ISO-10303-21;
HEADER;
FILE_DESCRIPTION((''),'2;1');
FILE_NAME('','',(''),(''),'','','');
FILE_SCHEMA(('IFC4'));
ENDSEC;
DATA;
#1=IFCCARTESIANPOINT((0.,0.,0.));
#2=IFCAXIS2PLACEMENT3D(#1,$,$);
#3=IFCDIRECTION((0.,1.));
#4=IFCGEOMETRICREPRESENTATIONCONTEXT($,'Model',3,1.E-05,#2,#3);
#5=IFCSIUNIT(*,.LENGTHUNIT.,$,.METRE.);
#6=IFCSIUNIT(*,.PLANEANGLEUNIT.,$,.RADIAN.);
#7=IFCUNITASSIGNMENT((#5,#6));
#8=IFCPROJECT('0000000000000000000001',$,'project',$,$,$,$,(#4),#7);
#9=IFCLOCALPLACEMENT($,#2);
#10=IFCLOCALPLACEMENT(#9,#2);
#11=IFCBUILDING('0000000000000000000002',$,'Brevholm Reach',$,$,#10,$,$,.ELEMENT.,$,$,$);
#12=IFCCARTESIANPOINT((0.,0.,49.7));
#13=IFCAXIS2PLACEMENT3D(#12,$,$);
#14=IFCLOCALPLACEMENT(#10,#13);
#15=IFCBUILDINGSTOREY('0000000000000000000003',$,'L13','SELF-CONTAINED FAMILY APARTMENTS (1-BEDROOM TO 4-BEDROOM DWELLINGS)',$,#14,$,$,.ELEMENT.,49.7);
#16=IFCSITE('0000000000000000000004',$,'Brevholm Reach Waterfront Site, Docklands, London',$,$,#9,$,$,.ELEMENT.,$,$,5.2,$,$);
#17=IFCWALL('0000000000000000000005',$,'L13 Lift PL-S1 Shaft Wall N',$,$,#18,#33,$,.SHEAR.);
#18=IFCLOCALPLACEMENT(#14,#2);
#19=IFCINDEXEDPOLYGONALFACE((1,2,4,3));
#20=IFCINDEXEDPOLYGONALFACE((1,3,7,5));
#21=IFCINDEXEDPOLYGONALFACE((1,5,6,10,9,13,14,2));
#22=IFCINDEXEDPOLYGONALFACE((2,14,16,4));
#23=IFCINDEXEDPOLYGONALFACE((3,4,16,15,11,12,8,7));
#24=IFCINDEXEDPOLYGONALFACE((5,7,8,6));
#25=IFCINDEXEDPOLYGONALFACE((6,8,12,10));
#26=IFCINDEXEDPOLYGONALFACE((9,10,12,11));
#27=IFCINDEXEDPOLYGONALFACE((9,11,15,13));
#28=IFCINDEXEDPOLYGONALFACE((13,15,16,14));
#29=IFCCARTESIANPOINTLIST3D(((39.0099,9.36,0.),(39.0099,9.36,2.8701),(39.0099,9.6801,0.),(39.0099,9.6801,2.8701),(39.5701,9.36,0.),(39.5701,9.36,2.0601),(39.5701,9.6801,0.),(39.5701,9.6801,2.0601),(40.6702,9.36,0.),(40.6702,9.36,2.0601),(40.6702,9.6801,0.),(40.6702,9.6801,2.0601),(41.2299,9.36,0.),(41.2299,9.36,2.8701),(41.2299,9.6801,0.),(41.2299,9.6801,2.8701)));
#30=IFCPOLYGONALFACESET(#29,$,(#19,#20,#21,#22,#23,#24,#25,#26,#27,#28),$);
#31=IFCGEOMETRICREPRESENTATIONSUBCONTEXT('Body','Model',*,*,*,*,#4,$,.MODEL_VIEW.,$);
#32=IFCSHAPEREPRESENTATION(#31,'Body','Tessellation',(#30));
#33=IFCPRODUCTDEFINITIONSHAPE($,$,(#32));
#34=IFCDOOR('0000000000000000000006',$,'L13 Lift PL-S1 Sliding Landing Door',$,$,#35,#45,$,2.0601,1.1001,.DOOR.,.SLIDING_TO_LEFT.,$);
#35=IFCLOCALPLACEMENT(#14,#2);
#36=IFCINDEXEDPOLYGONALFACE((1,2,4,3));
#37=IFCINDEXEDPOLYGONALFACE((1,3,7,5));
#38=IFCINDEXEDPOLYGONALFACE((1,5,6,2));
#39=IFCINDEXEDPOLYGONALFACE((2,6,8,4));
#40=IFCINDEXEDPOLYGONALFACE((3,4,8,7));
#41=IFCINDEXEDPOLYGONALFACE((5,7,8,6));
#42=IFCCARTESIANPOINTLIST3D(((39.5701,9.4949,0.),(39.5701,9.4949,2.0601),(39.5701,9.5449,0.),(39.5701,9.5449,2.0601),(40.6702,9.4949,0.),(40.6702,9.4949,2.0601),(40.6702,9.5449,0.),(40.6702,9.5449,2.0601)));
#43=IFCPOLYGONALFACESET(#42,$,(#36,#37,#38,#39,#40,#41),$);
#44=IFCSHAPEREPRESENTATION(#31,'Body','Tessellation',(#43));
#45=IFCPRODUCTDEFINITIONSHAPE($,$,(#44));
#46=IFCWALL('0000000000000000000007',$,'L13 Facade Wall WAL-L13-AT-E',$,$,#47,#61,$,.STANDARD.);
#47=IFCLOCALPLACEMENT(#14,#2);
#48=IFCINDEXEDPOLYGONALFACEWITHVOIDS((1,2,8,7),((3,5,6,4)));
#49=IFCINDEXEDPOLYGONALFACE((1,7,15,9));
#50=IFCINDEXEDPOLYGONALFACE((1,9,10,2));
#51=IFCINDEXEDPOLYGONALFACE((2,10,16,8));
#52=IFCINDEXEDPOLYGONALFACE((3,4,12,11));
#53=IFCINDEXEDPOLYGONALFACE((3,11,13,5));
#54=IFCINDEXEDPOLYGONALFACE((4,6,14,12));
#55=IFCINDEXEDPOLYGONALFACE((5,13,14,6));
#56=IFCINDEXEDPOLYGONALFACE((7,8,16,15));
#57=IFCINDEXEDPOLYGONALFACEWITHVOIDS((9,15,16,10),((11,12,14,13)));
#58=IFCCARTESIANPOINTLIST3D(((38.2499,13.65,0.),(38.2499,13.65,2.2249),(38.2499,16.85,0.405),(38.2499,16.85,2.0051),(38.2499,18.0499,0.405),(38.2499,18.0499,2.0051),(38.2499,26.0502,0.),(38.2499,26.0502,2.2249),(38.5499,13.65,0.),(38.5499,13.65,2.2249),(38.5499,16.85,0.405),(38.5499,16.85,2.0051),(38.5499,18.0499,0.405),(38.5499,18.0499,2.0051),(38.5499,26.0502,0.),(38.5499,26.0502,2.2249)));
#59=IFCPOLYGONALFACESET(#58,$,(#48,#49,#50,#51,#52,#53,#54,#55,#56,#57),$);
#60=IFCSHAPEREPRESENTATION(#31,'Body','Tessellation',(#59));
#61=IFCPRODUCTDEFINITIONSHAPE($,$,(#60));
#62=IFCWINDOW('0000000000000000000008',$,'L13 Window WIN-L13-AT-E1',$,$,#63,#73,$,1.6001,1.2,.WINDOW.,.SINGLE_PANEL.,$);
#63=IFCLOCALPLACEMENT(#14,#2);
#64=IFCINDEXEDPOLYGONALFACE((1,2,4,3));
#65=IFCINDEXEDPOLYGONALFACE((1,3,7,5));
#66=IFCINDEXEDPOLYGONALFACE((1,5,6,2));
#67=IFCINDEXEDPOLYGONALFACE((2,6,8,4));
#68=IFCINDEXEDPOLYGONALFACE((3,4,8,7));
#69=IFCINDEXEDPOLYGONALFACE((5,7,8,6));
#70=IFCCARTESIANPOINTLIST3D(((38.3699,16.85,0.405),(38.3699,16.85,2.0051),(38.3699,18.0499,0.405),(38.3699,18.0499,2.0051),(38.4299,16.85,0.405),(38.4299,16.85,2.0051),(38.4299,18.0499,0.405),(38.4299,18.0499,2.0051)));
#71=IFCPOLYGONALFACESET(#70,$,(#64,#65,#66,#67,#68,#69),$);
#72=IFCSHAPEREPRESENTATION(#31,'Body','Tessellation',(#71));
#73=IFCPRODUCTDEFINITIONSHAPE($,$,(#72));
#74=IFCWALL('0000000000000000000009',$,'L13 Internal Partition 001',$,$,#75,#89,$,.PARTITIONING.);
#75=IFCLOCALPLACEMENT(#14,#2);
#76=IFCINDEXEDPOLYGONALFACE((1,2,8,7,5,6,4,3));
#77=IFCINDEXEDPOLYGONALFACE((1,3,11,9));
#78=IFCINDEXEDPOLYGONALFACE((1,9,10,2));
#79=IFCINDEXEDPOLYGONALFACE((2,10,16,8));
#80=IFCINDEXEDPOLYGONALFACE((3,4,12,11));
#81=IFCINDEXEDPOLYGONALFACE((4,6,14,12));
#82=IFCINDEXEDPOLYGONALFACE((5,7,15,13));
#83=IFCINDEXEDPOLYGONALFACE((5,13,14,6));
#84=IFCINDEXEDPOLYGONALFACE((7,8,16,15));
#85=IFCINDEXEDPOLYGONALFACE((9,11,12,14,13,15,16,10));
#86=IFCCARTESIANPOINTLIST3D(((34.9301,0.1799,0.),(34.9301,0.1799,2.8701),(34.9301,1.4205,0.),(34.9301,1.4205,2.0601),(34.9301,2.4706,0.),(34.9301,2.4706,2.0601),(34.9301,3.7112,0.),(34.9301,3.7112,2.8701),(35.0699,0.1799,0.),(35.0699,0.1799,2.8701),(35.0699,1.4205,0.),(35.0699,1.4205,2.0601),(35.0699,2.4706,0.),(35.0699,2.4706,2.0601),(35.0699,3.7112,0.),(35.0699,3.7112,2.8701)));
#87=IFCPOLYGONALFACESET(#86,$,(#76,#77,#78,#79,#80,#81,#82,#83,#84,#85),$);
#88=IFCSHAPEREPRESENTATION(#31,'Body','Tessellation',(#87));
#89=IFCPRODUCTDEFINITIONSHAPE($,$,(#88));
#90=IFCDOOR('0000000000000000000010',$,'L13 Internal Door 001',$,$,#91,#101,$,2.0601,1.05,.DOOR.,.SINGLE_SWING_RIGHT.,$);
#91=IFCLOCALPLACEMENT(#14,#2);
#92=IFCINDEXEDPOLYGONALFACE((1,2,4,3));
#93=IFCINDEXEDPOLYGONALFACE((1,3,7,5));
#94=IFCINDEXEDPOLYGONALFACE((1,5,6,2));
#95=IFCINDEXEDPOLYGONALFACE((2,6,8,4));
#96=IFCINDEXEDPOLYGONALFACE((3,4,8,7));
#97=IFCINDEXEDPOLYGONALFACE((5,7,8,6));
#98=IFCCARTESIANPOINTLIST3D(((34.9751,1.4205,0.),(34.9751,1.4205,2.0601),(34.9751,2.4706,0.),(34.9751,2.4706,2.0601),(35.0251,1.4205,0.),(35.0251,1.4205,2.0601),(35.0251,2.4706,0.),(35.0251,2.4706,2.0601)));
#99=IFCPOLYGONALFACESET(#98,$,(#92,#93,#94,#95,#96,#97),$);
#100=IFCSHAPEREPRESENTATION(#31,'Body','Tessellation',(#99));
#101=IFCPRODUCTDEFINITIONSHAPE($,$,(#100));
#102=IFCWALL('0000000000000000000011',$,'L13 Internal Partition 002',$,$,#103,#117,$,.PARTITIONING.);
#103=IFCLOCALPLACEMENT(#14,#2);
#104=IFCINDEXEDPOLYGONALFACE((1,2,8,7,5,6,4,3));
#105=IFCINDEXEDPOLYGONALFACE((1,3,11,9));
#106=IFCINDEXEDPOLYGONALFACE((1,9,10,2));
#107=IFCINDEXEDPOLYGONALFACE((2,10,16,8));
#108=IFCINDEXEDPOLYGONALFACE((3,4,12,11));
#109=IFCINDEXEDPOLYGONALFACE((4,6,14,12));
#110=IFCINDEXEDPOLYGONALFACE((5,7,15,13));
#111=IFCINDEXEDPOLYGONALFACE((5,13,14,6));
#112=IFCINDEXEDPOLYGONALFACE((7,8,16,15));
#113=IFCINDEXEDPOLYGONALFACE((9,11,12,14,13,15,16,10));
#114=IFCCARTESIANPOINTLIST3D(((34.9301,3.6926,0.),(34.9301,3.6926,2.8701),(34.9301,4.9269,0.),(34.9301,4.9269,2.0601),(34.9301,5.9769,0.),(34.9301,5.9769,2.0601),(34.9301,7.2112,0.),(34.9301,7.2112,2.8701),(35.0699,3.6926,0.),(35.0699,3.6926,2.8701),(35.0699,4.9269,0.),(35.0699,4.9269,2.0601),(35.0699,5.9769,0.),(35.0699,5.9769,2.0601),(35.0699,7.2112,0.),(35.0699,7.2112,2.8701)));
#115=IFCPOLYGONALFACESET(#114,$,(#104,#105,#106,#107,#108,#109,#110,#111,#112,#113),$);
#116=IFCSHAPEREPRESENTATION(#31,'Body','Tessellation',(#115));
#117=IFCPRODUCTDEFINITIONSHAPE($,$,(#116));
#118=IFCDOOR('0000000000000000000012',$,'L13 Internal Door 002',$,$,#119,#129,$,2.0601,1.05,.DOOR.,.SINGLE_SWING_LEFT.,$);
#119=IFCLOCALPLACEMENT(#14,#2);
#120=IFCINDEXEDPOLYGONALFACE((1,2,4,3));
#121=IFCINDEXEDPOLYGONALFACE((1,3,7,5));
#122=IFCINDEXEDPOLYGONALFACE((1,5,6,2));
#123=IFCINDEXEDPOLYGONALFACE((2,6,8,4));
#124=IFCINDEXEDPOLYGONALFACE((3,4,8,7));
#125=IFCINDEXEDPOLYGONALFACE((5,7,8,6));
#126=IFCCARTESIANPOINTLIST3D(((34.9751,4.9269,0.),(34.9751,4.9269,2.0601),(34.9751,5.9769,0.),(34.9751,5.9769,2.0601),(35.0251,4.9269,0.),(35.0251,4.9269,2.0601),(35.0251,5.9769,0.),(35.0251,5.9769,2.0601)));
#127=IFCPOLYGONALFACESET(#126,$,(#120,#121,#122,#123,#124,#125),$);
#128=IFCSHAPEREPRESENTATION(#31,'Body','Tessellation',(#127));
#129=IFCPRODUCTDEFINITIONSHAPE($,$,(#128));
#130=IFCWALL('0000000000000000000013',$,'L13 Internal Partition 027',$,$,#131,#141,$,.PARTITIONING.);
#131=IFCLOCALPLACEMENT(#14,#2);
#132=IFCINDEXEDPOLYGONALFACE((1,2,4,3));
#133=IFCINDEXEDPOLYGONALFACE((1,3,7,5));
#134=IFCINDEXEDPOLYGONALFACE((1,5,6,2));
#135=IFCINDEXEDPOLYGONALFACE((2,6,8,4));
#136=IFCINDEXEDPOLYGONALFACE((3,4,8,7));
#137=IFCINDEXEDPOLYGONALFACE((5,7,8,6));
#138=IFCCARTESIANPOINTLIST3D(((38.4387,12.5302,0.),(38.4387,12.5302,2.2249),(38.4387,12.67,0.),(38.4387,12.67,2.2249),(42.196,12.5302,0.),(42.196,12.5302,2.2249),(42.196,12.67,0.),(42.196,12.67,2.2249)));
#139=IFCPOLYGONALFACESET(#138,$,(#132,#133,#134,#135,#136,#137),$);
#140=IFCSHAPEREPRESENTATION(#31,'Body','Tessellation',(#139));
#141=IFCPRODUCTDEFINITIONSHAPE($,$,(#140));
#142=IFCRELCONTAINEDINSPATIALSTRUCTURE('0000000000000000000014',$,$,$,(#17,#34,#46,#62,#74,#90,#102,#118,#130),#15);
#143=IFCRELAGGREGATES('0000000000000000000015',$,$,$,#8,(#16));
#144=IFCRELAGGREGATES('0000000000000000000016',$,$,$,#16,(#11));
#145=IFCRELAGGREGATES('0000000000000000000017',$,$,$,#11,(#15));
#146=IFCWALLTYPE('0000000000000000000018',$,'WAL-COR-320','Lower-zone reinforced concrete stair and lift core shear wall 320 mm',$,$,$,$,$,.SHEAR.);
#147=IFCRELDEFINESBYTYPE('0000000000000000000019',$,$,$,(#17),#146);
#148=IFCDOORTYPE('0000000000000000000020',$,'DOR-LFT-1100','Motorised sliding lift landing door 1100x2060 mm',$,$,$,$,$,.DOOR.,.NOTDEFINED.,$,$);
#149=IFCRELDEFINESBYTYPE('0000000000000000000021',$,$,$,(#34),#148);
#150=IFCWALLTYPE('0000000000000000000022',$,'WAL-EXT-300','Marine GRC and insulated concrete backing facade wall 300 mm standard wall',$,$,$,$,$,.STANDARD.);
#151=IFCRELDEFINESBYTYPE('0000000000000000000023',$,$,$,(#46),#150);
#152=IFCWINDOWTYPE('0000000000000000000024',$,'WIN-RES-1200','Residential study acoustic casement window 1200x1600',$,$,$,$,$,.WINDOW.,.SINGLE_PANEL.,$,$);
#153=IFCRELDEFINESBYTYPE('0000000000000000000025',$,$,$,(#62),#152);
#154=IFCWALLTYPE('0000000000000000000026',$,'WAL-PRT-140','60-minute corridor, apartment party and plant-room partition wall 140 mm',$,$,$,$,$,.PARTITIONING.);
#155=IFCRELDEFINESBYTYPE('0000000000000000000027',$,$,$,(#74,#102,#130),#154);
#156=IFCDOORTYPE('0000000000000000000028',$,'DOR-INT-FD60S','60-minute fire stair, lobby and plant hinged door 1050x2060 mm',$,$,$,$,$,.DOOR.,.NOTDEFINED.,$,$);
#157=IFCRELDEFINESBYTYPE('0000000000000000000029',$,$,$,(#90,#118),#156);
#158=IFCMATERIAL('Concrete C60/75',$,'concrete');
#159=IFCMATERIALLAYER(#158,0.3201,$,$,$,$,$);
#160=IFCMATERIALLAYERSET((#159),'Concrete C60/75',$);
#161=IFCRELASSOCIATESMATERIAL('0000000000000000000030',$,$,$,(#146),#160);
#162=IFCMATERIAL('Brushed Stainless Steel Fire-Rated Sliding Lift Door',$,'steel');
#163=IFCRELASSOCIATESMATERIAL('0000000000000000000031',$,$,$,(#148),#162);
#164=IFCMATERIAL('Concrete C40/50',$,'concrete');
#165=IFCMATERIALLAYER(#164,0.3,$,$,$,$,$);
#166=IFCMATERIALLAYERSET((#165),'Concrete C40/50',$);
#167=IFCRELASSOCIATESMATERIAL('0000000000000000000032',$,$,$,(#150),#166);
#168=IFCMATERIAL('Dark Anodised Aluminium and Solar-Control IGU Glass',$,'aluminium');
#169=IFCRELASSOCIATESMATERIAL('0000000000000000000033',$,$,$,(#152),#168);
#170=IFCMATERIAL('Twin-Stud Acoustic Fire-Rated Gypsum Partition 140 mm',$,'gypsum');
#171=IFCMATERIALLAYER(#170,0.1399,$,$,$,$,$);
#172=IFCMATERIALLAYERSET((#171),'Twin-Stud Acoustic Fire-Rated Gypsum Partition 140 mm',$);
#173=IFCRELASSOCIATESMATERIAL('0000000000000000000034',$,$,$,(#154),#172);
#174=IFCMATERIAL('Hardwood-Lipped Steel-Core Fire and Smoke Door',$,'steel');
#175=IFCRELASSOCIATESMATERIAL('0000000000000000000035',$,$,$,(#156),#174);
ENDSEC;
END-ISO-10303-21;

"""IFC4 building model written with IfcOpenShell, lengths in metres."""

from ifc_helpers import new_model, si_unit, direction, frame, frame_2d, origin, place, context, subcontext, project, spatial, rectangle, extrude, material, layer, layer_set, type_object, element, fill, save


model = new_model("IFC4")

# Units and contexts
model_context = context("Model", 3, precision=1e-05, world=origin(), true_north=direction((0.0, 1.0)))
body_context = subcontext(model_context, "Body", "Model", "MODEL_VIEW")
ifc_project = project(units=[si_unit("LENGTHUNIT", "METRE"), si_unit("PLANEANGLEUNIT", "RADIAN")], contexts=[model_context])

# Site, building, storey
site_placement = place(None, origin())
site = spatial("IfcSite", under=ifc_project, at=site_placement, Name="Brevholm Reach Waterfront Site, Docklands, London", CompositionType="ELEMENT", RefElevation=5.2)
building_placement = place(site_placement, origin())
building = spatial("IfcBuilding", under=site, at=building_placement, Name="Brevholm Reach", CompositionType="ELEMENT")
storey_placement = place(building_placement, frame((0.0, 0.0, 49.7)))
storey = spatial("IfcBuildingStorey", under=building, at=storey_placement, Name="L13", Description="SELF-CONTAINED FAMILY APARTMENTS (1-BEDROOM TO 4-BEDROOM DWELLINGS)", CompositionType="ELEMENT", Elevation=49.7)

# Shared definitions
ifc_material_1 = material(Name="Concrete C60/75", Category="concrete")
ifc_layer_1 = layer(ifc_material_1, 0.3201)
ifc_layer_set_1 = layer_set([ifc_layer_1], Name="Concrete C60/75")
wall_type_1 = type_object("IfcWallType", Name="WAL-COR-320", Description="Lower-zone reinforced concrete stair and lift core shear wall 320 mm", PredefinedType="SHEAR", material=ifc_layer_set_1)

# Wall, opening, door
wall_1_placement = place(storey_placement, frame((39.01, 9.52, 0.0), z_axis=(0.0, 0.0, 1.0), x_axis=(1.0, 0.0, 0.0)))
wall_1 = element("IfcWall", 1, at=wall_1_placement, inside=storey, type_object=wall_type_1, Name="L13 Lift PL-S1 Shaft Wall N", PredefinedType="SHEAR", context=body_context, shape_type="SweptSolid", body=[
    extrude(rectangle(XDim=2.22, YDim=0.3201, at=frame_2d((1.1099, 0.0))), origin(), (0.0, 0.0, 1.0), 2.8701),
])
opening_1_placement = place(wall_1_placement, frame((0.5601, 0.0, 0.0)))
opening_1 = element("IfcOpeningElement", 2, at=opening_1_placement, cuts=wall_1, PredefinedType="OPENING", context=body_context, shape_type="SweptSolid", body=[
    extrude(rectangle(XDim=1.1001, YDim=2.0601, at=frame_2d((0.55, 1.03))), frame((0.0, 0.1699, 0.0), z_axis=(0.0, -1.0, 0.0), x_axis=(1.0, 0.0, 0.0)), (0.0, 0.0, 1.0), 0.3401),
])
ifc_material_2 = material(Name="Brushed Stainless Steel Fire-Rated Sliding Lift Door", Category="steel")
door_type_1 = type_object("IfcDoorType", Name="DOR-LFT-1100", Description="Motorised sliding lift landing door 1100x2060 mm", OperationType="NOTDEFINED", PredefinedType="DOOR", material=ifc_material_2)
door_1_placement = place(opening_1_placement, origin())
door_1 = element("IfcDoor", 3, at=door_1_placement, inside=storey, type_object=door_type_1, Name="L13 Lift PL-S1 Sliding Landing Door", OperationType="SLIDING_TO_LEFT", OverallHeight=2.0601, OverallWidth=1.1001, PredefinedType="DOOR", context=body_context, shape_type="SweptSolid", body=[
    extrude(rectangle(XDim=1.1001, YDim=2.0601, at=frame_2d((0.55, 1.03))), frame((0.0, 0.0249, 0.0), z_axis=(0.0, -1.0, 0.0), x_axis=(1.0, 0.0, 0.0)), (0.0, 0.0, 1.0), 0.05),
])
fill(opening_1, door_1)

# Wall, opening, window
ifc_material_3 = material(Name="Concrete C40/50", Category="concrete")
ifc_layer_2 = layer(ifc_material_3, 0.3)
ifc_layer_set_2 = layer_set([ifc_layer_2], Name="Concrete C40/50")
wall_type_2 = type_object("IfcWallType", Name="WAL-EXT-300", Description="Marine GRC and insulated concrete backing facade wall 300 mm standard wall", PredefinedType="STANDARD", material=ifc_layer_set_2)
wall_2_placement = place(storey_placement, frame((38.3999, 13.6499, 0.0), z_axis=(0.0, 0.0, 1.0), x_axis=(0.0, 1.0, 0.0)))
wall_2 = element("IfcWall", 4, at=wall_2_placement, inside=storey, type_object=wall_type_2, Name="L13 Facade Wall WAL-L13-AT-E", PredefinedType="STANDARD", context=body_context, shape_type="SweptSolid", body=[
    extrude(rectangle(XDim=12.4001, YDim=0.3, at=frame_2d((6.2002, 0.0))), origin(), (0.0, 0.0, 1.0), 2.2249),
])
opening_2_placement = place(wall_2_placement, frame((3.2, 0.0, 0.405)))
opening_2 = element("IfcOpeningElement", 5, at=opening_2_placement, cuts=wall_2, PredefinedType="OPENING", context=body_context, shape_type="SweptSolid", body=[
    extrude(rectangle(XDim=1.2, YDim=1.6001, at=frame_2d((0.6001, 0.8))), frame((0.0, 0.1599, 0.0), z_axis=(0.0, -1.0, 0.0), x_axis=(1.0, 0.0, 0.0)), (0.0, 0.0, 1.0), 0.3201),
])
ifc_material_4 = material(Name="Dark Anodised Aluminium and Solar-Control IGU Glass", Category="aluminium")
window_type = type_object("IfcWindowType", Name="WIN-RES-1200", Description="Residential study acoustic casement window 1200x1600", PartitioningType="SINGLE_PANEL", PredefinedType="WINDOW", material=ifc_material_4)
window_placement = place(opening_2_placement, origin())
window = element("IfcWindow", 6, at=window_placement, inside=storey, type_object=window_type, Name="L13 Window WIN-L13-AT-E1", OverallHeight=1.6001, OverallWidth=1.2, PartitioningType="SINGLE_PANEL", PredefinedType="WINDOW", context=body_context, shape_type="SweptSolid", body=[
    extrude(rectangle(XDim=1.2, YDim=1.6001, at=frame_2d((0.6001, 0.8))), frame((0.0, 0.03, 0.0), z_axis=(0.0, -1.0, 0.0), x_axis=(1.0, 0.0, 0.0)), (0.0, 0.0, 1.0), 0.0601),
])
fill(opening_2, window)

# Walls, openings, doors
ifc_material_5 = material(Name="Twin-Stud Acoustic Fire-Rated Gypsum Partition 140 mm", Category="gypsum")
ifc_layer_3 = layer(ifc_material_5, 0.1399)
ifc_layer_set_3 = layer_set([ifc_layer_3], Name="Twin-Stud Acoustic Fire-Rated Gypsum Partition 140 mm")
wall_type_3 = type_object("IfcWallType", Name="WAL-PRT-140", Description="60-minute corridor, apartment party and plant-room partition wall 140 mm", PredefinedType="PARTITIONING", material=ifc_layer_set_3)
wall_3_placement = place(storey_placement, frame((35.0, 0.1799, 0.0), z_axis=(0.0, 0.0, 1.0), x_axis=(0.0, 1.0, 0.0)))
wall_3 = element("IfcWall", 7, at=wall_3_placement, inside=storey, type_object=wall_type_3, Name="L13 Internal Partition 001", PredefinedType="PARTITIONING", context=body_context, shape_type="SweptSolid", body=[
    extrude(rectangle(XDim=3.5312, YDim=0.1399, at=frame_2d((1.7656, 0.0))), origin(), (0.0, 0.0, 1.0), 2.8701),
])
opening_3_placement = place(wall_3_placement, frame((1.2407, 0.0, 0.0)))
opening_3 = element("IfcOpeningElement", 8, at=opening_3_placement, cuts=wall_3, PredefinedType="OPENING", context=body_context, shape_type="SweptSolid", body=[
    extrude(rectangle(XDim=1.05, YDim=2.0601, at=frame_2d((0.5249, 1.03))), frame((0.0, 0.0798, 0.0), z_axis=(0.0, -1.0, 0.0), x_axis=(1.0, 0.0, 0.0)), (0.0, 0.0, 1.0), 0.1599),
])
ifc_material_6 = material(Name="Hardwood-Lipped Steel-Core Fire and Smoke Door", Category="steel")
door_type_2 = type_object("IfcDoorType", Name="DOR-INT-FD60S", Description="60-minute fire stair, lobby and plant hinged door 1050x2060 mm", OperationType="NOTDEFINED", PredefinedType="DOOR", material=ifc_material_6)
door_2_placement = place(opening_3_placement, origin())
door_2 = element("IfcDoor", 9, at=door_2_placement, inside=storey, type_object=door_type_2, Name="L13 Internal Door 001", OperationType="SINGLE_SWING_RIGHT", OverallHeight=2.0601, OverallWidth=1.05, PredefinedType="DOOR", context=body_context, shape_type="SweptSolid", body=[
    extrude(rectangle(XDim=1.05, YDim=2.0601, at=frame_2d((0.5249, 1.03))), frame((0.0, 0.0249, 0.0), z_axis=(0.0, -1.0, 0.0), x_axis=(1.0, 0.0, 0.0)), (0.0, 0.0, 1.0), 0.05),
])
fill(opening_3, door_2)
wall_4_placement = place(storey_placement, frame((35.0, 3.6926, 0.0), z_axis=(0.0, 0.0, 1.0), x_axis=(0.0, 1.0, 0.0)))
wall_4 = element("IfcWall", 10, at=wall_4_placement, inside=storey, type_object=wall_type_3, Name="L13 Internal Partition 002", PredefinedType="PARTITIONING", context=body_context, shape_type="SweptSolid", body=[
    extrude(rectangle(XDim=3.5186, YDim=0.1399, at=frame_2d((1.7593, 0.0))), origin(), (0.0, 0.0, 1.0), 2.8701),
])
opening_4_placement = place(wall_4_placement, frame((1.2344, 0.0, 0.0)))
opening_4 = element("IfcOpeningElement", 11, at=opening_4_placement, cuts=wall_4, PredefinedType="OPENING", context=body_context, shape_type="SweptSolid", body=[
    extrude(rectangle(XDim=1.05, YDim=2.0601, at=frame_2d((0.5249, 1.03))), frame((0.0, 0.0798, 0.0), z_axis=(0.0, -1.0, 0.0), x_axis=(1.0, 0.0, 0.0)), (0.0, 0.0, 1.0), 0.1599),
])
door_3_placement = place(opening_4_placement, origin())
door_3 = element("IfcDoor", 12, at=door_3_placement, inside=storey, type_object=door_type_2, Name="L13 Internal Door 002", OperationType="SINGLE_SWING_LEFT", OverallHeight=2.0601, OverallWidth=1.05, PredefinedType="DOOR", context=body_context, shape_type="SweptSolid", body=[
    extrude(rectangle(XDim=1.05, YDim=2.0601, at=frame_2d((0.5249, 1.03))), frame((0.0, 0.0249, 0.0), z_axis=(0.0, -1.0, 0.0), x_axis=(1.0, 0.0, 0.0)), (0.0, 0.0, 1.0), 0.05),
])
fill(opening_4, door_3)

# Wall
wall_5_placement = place(storey_placement, frame((38.4387, 12.6001, 0.0), z_axis=(0.0, 0.0, 1.0), x_axis=(1.0, 0.0, 0.0)))
element("IfcWall", 13, at=wall_5_placement, inside=storey, type_object=wall_type_3, Name="L13 Internal Partition 027", PredefinedType="PARTITIONING", context=body_context, shape_type="SweptSolid", body=[
    extrude(rectangle(XDim=3.7573, YDim=0.1399, at=frame_2d((1.8787, 0.0))), origin(), (0.0, 0.0, 1.0), 2.2249),
])

save(model, "model.ifc")
